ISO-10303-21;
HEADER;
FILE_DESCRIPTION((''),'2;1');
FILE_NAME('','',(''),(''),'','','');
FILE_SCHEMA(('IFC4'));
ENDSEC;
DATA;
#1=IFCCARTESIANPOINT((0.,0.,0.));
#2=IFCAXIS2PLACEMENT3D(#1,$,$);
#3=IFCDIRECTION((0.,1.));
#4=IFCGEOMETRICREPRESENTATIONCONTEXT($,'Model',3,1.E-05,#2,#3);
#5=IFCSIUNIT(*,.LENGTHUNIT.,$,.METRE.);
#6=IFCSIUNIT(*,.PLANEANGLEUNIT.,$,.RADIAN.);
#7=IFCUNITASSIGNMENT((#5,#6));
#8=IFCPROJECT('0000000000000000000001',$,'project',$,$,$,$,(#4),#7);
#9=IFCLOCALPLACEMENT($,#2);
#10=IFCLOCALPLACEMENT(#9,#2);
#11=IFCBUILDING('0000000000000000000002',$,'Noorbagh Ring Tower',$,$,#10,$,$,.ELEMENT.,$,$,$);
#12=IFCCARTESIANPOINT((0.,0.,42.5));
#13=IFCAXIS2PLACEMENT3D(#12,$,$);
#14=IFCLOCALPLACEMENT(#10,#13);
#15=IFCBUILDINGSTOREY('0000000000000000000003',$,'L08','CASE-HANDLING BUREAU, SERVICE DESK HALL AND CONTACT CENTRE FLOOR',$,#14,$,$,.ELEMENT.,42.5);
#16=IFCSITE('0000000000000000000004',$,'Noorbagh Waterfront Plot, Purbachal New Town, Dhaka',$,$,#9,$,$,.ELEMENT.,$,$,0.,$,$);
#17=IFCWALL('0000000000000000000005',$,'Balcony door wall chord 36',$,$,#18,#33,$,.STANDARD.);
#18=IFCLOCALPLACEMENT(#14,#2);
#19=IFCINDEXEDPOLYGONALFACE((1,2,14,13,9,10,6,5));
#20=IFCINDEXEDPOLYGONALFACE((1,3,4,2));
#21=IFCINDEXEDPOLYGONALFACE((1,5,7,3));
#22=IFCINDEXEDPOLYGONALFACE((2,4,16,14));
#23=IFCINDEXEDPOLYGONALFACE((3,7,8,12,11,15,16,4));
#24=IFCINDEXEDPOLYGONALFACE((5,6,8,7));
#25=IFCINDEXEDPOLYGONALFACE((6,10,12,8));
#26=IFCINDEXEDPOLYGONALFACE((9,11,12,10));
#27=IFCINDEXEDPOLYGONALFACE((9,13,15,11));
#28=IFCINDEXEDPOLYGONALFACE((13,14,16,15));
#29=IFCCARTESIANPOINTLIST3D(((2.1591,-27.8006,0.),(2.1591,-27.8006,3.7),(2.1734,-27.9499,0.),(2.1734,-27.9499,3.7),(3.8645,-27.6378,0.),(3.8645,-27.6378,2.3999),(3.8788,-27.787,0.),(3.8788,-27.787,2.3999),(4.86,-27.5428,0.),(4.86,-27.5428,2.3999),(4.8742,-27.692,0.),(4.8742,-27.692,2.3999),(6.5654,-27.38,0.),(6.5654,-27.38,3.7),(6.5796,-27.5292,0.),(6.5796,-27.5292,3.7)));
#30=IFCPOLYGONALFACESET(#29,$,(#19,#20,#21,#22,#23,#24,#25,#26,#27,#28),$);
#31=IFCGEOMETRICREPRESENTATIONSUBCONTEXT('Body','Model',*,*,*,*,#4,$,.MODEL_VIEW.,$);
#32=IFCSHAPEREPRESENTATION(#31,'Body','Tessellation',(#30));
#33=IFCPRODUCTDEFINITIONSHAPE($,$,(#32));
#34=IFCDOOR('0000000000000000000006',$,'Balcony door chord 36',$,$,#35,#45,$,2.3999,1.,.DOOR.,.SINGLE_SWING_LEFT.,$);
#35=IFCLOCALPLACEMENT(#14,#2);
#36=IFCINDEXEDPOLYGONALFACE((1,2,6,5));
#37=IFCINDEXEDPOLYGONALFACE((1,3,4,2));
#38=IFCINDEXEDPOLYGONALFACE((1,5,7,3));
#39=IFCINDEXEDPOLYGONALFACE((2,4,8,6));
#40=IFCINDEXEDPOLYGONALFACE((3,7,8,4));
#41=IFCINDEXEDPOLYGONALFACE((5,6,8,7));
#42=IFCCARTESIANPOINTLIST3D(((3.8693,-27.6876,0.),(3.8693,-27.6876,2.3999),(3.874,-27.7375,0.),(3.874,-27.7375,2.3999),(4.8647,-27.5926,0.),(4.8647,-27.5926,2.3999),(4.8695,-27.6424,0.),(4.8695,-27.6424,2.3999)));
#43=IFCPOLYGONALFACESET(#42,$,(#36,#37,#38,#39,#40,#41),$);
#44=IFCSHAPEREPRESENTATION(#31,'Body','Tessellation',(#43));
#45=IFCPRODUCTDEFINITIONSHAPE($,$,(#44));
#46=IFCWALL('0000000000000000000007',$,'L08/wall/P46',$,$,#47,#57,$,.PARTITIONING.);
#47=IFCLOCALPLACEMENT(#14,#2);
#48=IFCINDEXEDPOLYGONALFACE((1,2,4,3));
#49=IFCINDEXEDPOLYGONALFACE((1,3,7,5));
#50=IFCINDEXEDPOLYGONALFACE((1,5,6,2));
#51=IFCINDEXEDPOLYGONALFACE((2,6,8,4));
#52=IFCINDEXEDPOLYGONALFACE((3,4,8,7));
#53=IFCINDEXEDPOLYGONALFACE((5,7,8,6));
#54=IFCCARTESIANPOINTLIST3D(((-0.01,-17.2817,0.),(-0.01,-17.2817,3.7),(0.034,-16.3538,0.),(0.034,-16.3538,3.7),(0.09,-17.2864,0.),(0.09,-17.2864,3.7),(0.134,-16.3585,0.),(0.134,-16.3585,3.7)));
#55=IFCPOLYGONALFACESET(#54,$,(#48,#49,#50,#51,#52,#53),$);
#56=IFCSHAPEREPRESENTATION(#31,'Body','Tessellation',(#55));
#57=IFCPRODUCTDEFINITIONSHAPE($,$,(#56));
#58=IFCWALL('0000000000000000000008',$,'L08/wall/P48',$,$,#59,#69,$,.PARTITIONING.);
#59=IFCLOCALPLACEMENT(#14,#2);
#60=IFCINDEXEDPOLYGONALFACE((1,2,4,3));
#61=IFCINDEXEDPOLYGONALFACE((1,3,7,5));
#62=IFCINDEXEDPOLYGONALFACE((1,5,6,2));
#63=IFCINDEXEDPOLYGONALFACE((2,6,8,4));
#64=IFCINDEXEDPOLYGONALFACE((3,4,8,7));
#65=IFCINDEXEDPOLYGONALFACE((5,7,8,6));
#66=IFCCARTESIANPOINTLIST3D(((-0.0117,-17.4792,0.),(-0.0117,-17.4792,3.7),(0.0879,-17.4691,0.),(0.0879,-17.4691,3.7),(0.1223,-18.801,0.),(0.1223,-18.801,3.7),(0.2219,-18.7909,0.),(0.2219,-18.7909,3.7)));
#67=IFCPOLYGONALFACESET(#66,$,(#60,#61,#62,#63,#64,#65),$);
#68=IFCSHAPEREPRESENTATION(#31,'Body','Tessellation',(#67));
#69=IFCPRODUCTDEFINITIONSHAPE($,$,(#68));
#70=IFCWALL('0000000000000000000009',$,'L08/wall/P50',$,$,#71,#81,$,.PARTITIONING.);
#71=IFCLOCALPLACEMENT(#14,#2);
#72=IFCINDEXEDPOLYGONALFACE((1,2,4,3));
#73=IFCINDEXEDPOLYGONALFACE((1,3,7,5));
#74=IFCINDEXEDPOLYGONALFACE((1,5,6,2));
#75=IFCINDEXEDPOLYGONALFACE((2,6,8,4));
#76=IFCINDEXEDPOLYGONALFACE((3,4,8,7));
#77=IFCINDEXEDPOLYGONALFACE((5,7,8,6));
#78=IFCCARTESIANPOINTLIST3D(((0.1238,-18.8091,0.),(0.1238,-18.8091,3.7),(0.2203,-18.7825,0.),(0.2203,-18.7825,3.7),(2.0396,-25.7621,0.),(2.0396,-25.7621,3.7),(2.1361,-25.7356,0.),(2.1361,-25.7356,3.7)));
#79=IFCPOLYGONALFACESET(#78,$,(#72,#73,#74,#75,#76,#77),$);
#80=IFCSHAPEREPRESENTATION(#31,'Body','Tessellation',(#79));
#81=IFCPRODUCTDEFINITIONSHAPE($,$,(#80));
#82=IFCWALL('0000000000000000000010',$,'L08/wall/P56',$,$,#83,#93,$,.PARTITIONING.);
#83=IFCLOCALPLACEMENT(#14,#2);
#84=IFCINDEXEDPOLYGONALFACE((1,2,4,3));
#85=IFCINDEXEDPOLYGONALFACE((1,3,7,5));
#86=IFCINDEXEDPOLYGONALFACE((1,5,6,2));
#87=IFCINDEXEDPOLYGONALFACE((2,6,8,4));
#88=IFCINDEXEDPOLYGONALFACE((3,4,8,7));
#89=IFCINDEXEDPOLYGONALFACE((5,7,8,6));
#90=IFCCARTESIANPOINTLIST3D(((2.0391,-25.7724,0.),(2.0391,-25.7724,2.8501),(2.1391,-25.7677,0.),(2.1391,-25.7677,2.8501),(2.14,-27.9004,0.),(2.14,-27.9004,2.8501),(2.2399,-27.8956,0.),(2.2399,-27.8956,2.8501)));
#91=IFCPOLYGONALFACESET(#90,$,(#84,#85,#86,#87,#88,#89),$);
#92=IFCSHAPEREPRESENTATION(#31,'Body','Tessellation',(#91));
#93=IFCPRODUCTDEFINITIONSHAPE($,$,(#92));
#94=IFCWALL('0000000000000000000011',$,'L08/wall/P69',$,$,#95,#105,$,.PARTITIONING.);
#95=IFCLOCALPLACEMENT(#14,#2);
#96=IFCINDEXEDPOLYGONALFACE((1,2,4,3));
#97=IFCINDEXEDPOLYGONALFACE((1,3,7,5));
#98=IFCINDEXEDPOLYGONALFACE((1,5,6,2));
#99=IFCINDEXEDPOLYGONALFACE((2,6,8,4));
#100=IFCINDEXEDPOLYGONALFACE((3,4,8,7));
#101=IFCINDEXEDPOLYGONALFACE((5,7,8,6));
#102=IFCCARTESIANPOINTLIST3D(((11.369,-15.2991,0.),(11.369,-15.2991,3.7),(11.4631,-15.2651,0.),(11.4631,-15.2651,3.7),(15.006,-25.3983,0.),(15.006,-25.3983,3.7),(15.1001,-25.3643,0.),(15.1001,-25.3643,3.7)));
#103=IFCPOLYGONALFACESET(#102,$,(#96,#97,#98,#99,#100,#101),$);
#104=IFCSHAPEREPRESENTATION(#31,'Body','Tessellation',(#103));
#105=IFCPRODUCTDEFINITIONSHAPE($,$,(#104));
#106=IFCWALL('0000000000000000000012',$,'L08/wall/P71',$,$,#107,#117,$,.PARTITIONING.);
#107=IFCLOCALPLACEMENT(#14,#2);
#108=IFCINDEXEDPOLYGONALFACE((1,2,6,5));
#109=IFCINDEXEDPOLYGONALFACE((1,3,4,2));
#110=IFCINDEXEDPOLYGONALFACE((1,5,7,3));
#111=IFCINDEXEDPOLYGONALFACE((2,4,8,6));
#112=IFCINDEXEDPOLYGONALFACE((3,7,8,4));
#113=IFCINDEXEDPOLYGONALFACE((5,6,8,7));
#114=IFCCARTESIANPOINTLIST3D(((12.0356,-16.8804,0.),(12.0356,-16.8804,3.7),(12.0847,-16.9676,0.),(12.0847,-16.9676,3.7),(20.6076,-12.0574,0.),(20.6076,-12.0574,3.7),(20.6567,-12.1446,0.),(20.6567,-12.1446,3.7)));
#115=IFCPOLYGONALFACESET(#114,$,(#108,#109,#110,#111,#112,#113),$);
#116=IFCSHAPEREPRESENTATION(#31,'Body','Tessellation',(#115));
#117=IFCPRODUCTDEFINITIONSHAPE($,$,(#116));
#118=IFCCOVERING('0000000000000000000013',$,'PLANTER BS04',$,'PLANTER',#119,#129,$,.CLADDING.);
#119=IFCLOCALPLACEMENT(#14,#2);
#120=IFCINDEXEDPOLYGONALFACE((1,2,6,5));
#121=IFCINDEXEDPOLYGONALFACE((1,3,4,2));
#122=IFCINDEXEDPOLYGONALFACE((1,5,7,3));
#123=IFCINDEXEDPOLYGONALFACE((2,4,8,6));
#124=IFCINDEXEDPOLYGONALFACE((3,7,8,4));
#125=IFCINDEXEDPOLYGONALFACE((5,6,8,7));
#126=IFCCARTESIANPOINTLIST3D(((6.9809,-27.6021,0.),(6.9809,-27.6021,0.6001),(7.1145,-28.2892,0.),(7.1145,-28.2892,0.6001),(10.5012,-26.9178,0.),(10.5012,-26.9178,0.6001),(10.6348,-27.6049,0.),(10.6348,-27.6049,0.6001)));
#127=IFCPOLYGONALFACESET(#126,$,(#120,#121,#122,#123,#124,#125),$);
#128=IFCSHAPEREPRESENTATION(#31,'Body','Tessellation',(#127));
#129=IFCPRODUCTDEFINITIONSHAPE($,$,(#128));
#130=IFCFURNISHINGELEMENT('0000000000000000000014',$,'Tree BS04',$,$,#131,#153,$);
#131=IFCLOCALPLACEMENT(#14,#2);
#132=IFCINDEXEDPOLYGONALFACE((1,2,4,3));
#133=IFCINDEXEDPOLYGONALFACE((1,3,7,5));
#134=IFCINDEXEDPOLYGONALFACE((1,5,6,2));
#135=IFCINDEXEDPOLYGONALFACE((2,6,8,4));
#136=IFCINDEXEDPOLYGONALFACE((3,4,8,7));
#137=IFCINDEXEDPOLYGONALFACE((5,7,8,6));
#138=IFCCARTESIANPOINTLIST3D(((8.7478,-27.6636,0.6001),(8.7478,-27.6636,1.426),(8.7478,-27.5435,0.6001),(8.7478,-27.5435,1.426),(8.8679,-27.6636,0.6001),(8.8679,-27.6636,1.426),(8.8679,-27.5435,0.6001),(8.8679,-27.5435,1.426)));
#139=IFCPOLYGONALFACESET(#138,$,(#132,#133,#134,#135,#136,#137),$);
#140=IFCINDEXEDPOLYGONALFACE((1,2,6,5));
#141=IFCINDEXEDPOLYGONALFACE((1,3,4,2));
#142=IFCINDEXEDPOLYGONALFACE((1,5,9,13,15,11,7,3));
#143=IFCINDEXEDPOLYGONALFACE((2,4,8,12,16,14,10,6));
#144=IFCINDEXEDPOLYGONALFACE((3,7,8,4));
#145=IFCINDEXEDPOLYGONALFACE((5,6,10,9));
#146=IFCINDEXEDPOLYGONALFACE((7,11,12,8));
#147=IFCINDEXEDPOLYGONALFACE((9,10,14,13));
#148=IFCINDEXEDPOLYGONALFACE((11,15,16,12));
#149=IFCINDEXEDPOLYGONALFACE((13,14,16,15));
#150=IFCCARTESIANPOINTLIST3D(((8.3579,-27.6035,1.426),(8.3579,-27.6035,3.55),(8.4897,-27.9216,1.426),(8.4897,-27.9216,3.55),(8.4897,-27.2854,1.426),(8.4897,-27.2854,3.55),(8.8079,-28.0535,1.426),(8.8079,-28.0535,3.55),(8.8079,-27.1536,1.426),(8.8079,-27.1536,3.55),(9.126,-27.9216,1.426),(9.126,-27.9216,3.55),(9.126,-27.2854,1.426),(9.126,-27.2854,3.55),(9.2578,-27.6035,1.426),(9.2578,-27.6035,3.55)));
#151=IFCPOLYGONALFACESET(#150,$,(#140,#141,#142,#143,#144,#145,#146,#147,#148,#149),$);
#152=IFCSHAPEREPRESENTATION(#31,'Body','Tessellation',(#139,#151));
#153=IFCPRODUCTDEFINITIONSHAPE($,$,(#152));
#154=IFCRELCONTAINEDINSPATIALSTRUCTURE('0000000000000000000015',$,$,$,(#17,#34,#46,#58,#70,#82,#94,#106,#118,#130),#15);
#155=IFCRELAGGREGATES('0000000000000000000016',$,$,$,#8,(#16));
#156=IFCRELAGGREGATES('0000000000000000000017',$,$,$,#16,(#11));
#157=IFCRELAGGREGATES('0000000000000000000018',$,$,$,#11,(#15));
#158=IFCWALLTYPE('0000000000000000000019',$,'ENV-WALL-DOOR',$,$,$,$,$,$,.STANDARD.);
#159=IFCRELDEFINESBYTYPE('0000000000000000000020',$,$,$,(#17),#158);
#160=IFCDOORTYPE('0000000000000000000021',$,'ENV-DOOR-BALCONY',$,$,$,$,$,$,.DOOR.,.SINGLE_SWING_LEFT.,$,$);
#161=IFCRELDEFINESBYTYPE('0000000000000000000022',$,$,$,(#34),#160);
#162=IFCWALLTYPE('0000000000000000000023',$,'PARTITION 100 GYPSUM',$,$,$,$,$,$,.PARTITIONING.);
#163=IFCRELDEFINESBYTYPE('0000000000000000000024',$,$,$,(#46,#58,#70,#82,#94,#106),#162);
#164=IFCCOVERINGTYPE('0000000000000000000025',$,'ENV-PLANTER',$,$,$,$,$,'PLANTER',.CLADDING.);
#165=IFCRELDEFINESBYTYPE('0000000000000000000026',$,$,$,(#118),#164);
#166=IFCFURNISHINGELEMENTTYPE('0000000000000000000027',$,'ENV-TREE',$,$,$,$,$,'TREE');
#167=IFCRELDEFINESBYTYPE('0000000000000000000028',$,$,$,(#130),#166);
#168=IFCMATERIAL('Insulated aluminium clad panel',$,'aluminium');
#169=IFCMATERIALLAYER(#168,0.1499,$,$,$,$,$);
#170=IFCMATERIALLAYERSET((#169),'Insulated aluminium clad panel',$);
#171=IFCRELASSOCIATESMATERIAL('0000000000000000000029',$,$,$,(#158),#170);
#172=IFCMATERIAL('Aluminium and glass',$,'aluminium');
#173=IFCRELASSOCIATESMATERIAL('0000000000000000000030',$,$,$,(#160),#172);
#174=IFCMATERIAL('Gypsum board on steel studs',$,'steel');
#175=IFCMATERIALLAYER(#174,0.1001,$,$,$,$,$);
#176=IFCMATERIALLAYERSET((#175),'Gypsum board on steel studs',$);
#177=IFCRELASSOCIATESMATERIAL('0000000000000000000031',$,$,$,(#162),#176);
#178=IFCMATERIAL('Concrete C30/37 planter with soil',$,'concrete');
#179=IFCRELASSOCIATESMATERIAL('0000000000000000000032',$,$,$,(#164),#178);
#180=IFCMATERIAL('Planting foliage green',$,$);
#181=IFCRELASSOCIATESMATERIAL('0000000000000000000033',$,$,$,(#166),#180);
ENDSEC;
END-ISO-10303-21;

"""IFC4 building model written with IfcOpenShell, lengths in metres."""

from ifc_helpers import new_model, si_unit, direction, frame, frame_2d, origin, origin_2d, place, context, subcontext, project, spatial, polyline, rectangle, outline, extrude, material, layer, layer_set, type_object, element, fill, save


model = new_model("IFC4")

# Units and contexts
model_context = context("Model", 3, precision=1e-05, world=origin(), true_north=direction((0.0, 1.0)))
body_context = subcontext(model_context, "Body", "Model", "MODEL_VIEW")
ifc_project = project(units=[si_unit("LENGTHUNIT", "METRE"), si_unit("PLANEANGLEUNIT", "RADIAN")], contexts=[model_context])

# Site, building, storey
site_placement = place(None, origin())
site = spatial("IfcSite", under=ifc_project, at=site_placement, Name="Noorbagh Waterfront Plot, Purbachal New Town, Dhaka", CompositionType="ELEMENT", RefElevation=0.0)
building_placement = place(site_placement, origin())
building = spatial("IfcBuilding", under=site, at=building_placement, Name="Noorbagh Ring Tower", CompositionType="ELEMENT")
storey_placement = place(building_placement, frame((0.0, 0.0, 42.5)))
storey = spatial("IfcBuildingStorey", under=building, at=storey_placement, Name="L08", Description="CASE-HANDLING BUREAU, SERVICE DESK HALL AND CONTACT CENTRE FLOOR", CompositionType="ELEMENT", Elevation=42.5)

# Wall, opening, door
ifc_material_1 = material(Name="Insulated aluminium clad panel", Category="aluminium")
ifc_layer_1 = layer(ifc_material_1, 0.1499)
ifc_layer_set_1 = layer_set([ifc_layer_1], Name="Insulated aluminium clad panel")
wall_type_1 = type_object("IfcWallType", Name="ENV-WALL-DOOR", PredefinedType="STANDARD", material=ifc_layer_set_1)
wall_1_placement = place(storey_placement, frame((2.1663, -27.8752, 0.0), z_axis=(0.0, 0.0, 1.0), x_axis=(0.995474, 0.095036, 0.0)))
wall_1 = element("IfcWall", 1, at=wall_1_placement, inside=storey, type_object=wall_type_1, Name="Balcony door wall chord 36", PredefinedType="STANDARD", context=body_context, shape_type="SweptSolid", body=[
    extrude(rectangle(XDim=4.4263, YDim=0.1499, at=frame_2d((2.2131, 0.0))), origin(), (0.0, 0.0, 1.0), 3.7),
])
opening_placement = place(wall_1_placement, frame((1.7131, 0.0, 0.0)))
opening = element("IfcOpeningElement", 2, at=opening_placement, cuts=wall_1, PredefinedType="OPENING", context=body_context, shape_type="SweptSolid", body=[
    extrude(rectangle(XDim=1.0, YDim=2.3999, at=frame_2d((0.5, 1.2))), frame((0.0, 0.085, 0.0), z_axis=(0.0, -1.0, 0.0), x_axis=(1.0, 0.0, 0.0)), (0.0, 0.0, 1.0), 0.1699),
])
ifc_material_2 = material(Name="Aluminium and glass", Category="aluminium")
door_type = type_object("IfcDoorType", Name="ENV-DOOR-BALCONY", OperationType="SINGLE_SWING_LEFT", PredefinedType="DOOR", material=ifc_material_2)
door_placement = place(opening_placement, origin())
door = element("IfcDoor", 3, at=door_placement, inside=storey, type_object=door_type, Name="Balcony door chord 36", OperationType="SINGLE_SWING_LEFT", OverallHeight=2.3999, OverallWidth=1.0, PredefinedType="DOOR", context=body_context, shape_type="SweptSolid", body=[
    extrude(rectangle(XDim=1.0, YDim=2.3999, at=frame_2d((0.5, 1.2))), frame((0.0, 0.0249, 0.0), z_axis=(0.0, -1.0, 0.0), x_axis=(1.0, 0.0, 0.0)), (0.0, 0.0, 1.0), 0.05),
])
fill(opening, door)

# Walls
ifc_material_3 = material(Name="Gypsum board on steel studs", Category="steel")
ifc_layer_2 = layer(ifc_material_3, 0.1001)
ifc_layer_set_2 = layer_set([ifc_layer_2], Name="Gypsum board on steel studs")
wall_type_2 = type_object("IfcWallType", Name="PARTITION 100 GYPSUM", PredefinedType="PARTITIONING", material=ifc_layer_set_2)
wall_2_placement = place(storey_placement, frame((0.04, -17.2839, 0.0), z_axis=(0.0, 0.0, 1.0), x_axis=(0.047303, 0.998881, 0.0)))
element("IfcWall", 4, at=wall_2_placement, inside=storey, type_object=wall_type_2, Name="L08/wall/P46", PredefinedType="PARTITIONING", context=body_context, shape_type="SweptSolid", body=[
    extrude(rectangle(XDim=0.929, YDim=0.1001, at=frame_2d((0.4644, 0.0))), origin(), (0.0, 0.0, 1.0), 3.7),
])
wall_3_placement = place(storey_placement, frame((0.0381, -17.4741, 0.0), z_axis=(0.0, 0.0, 1.0), x_axis=(0.100886, -0.994898, 0.0)))
element("IfcWall", 5, at=wall_3_placement, inside=storey, type_object=wall_type_2, Name="L08/wall/P48", PredefinedType="PARTITIONING", context=body_context, shape_type="SweptSolid", body=[
    extrude(rectangle(XDim=1.3286, YDim=0.1001, at=frame_2d((0.6643, 0.0))), origin(), (0.0, 0.0, 1.0), 3.7),
])
wall_4_placement = place(storey_placement, frame((0.1721, -18.7959, 0.0), z_axis=(0.0, 0.0, 1.0), x_axis=(0.265629, -0.964075, 0.0)))
element("IfcWall", 6, at=wall_4_placement, inside=storey, type_object=wall_type_2, Name="L08/wall/P50", PredefinedType="PARTITIONING", context=body_context, shape_type="SweptSolid", body=[
    extrude(rectangle(XDim=7.2122, YDim=0.1001, at=frame_2d((3.606, 0.0))), origin(), (0.0, 0.0, 1.0), 3.7),
])
wall_5_placement = place(storey_placement, frame((2.0891, -25.77, 0.0), z_axis=(0.0, 0.0, 1.0), x_axis=(0.047331, -0.998879, 0.0)))
element("IfcWall", 7, at=wall_5_placement, inside=storey, type_object=wall_type_2, Name="L08/wall/P56", PredefinedType="PARTITIONING", context=body_context, shape_type="SweptSolid", body=[
    extrude(rectangle(XDim=2.1304, YDim=0.1001, at=frame_2d((1.0652, 0.0))), origin(), (0.0, 0.0, 1.0), 2.8501),
])
wall_6_placement = place(storey_placement, frame((11.416, -15.282, 0.0), z_axis=(0.0, 0.0, 1.0), x_axis=(0.338825, -0.940849, 0.0)))
element("IfcWall", 8, at=wall_6_placement, inside=storey, type_object=wall_type_2, Name="L08/wall/P69", PredefinedType="PARTITIONING", context=body_context, shape_type="SweptSolid", body=[
    extrude(rectangle(XDim=10.7341, YDim=0.1001, at=frame_2d((5.3672, 0.0))), origin(), (0.0, 0.0, 1.0), 3.7),
])
wall_7_placement = place(storey_placement, frame((12.0601, -16.9241, 0.0), z_axis=(0.0, 0.0, 1.0), x_axis=(0.871522, 0.490357, 0.0)))
element("IfcWall", 9, at=wall_7_placement, inside=storey, type_object=wall_type_2, Name="L08/wall/P71", PredefinedType="PARTITIONING", context=body_context, shape_type="SweptSolid", body=[
    extrude(rectangle(XDim=9.8357, YDim=0.1001, at=frame_2d((4.918, 0.0))), origin(), (0.0, 0.0, 1.0), 3.7),
])

# Covering
ifc_material_4 = material(Name="Concrete C30/37 planter with soil", Category="concrete")
covering_type = type_object("IfcCoveringType", Name="ENV-PLANTER", ElementType="PLANTER", PredefinedType="CLADDING", material=ifc_material_4)
covering_placement = place(storey_placement, frame((8.8079, -27.6035, 0.0), z_axis=(0.0, 0.0, 1.0), x_axis=(0.981625, 0.19082, 0.0)))
element("IfcCovering", 10, at=covering_placement, inside=storey, type_object=covering_type, Name="PLANTER BS04", ObjectType="PLANTER", PredefinedType="CLADDING", context=body_context, shape_type="SweptSolid", body=[
    extrude(rectangle(XDim=3.5862, YDim=0.7, at=origin_2d()), origin(), (0.0, 0.0, 1.0), 0.6001),
])

# Furnishing element
ifc_material_5 = material(Name="Planting foliage green")
furnishing_element_type = type_object("IfcFurnishingElementType", Name="ENV-TREE", ElementType="TREE", material=ifc_material_5)
furnishing_placement = place(storey_placement, frame((8.8079, -27.6035, 0.6001), z_axis=(0.0, 0.0, 1.0), x_axis=(1.0, 0.0, 0.0)))
element("IfcFurnishingElement", 11, at=furnishing_placement, inside=storey, type_object=furnishing_element_type, Name="Tree BS04", context=body_context, shape_type="SweptSolid", body=[
    extrude(rectangle(XDim=0.1201, YDim=0.1201, at=origin_2d()), origin(), (0.0, 0.0, 1.0), 0.8259),
    extrude(outline(polyline([(0.45, 0.0), (0.3181, 0.3181), (0.0, 0.45), (-0.3181, 0.3181), (-0.45, 0.0), (-0.3181, -0.3181), (0.0, -0.45), (0.3181, -0.3181), (0.45, 0.0)])), frame((0.0, 0.0, 0.8259)), (0.0, 0.0, 1.0), 2.124),
])

save(model, "model.ifc")
